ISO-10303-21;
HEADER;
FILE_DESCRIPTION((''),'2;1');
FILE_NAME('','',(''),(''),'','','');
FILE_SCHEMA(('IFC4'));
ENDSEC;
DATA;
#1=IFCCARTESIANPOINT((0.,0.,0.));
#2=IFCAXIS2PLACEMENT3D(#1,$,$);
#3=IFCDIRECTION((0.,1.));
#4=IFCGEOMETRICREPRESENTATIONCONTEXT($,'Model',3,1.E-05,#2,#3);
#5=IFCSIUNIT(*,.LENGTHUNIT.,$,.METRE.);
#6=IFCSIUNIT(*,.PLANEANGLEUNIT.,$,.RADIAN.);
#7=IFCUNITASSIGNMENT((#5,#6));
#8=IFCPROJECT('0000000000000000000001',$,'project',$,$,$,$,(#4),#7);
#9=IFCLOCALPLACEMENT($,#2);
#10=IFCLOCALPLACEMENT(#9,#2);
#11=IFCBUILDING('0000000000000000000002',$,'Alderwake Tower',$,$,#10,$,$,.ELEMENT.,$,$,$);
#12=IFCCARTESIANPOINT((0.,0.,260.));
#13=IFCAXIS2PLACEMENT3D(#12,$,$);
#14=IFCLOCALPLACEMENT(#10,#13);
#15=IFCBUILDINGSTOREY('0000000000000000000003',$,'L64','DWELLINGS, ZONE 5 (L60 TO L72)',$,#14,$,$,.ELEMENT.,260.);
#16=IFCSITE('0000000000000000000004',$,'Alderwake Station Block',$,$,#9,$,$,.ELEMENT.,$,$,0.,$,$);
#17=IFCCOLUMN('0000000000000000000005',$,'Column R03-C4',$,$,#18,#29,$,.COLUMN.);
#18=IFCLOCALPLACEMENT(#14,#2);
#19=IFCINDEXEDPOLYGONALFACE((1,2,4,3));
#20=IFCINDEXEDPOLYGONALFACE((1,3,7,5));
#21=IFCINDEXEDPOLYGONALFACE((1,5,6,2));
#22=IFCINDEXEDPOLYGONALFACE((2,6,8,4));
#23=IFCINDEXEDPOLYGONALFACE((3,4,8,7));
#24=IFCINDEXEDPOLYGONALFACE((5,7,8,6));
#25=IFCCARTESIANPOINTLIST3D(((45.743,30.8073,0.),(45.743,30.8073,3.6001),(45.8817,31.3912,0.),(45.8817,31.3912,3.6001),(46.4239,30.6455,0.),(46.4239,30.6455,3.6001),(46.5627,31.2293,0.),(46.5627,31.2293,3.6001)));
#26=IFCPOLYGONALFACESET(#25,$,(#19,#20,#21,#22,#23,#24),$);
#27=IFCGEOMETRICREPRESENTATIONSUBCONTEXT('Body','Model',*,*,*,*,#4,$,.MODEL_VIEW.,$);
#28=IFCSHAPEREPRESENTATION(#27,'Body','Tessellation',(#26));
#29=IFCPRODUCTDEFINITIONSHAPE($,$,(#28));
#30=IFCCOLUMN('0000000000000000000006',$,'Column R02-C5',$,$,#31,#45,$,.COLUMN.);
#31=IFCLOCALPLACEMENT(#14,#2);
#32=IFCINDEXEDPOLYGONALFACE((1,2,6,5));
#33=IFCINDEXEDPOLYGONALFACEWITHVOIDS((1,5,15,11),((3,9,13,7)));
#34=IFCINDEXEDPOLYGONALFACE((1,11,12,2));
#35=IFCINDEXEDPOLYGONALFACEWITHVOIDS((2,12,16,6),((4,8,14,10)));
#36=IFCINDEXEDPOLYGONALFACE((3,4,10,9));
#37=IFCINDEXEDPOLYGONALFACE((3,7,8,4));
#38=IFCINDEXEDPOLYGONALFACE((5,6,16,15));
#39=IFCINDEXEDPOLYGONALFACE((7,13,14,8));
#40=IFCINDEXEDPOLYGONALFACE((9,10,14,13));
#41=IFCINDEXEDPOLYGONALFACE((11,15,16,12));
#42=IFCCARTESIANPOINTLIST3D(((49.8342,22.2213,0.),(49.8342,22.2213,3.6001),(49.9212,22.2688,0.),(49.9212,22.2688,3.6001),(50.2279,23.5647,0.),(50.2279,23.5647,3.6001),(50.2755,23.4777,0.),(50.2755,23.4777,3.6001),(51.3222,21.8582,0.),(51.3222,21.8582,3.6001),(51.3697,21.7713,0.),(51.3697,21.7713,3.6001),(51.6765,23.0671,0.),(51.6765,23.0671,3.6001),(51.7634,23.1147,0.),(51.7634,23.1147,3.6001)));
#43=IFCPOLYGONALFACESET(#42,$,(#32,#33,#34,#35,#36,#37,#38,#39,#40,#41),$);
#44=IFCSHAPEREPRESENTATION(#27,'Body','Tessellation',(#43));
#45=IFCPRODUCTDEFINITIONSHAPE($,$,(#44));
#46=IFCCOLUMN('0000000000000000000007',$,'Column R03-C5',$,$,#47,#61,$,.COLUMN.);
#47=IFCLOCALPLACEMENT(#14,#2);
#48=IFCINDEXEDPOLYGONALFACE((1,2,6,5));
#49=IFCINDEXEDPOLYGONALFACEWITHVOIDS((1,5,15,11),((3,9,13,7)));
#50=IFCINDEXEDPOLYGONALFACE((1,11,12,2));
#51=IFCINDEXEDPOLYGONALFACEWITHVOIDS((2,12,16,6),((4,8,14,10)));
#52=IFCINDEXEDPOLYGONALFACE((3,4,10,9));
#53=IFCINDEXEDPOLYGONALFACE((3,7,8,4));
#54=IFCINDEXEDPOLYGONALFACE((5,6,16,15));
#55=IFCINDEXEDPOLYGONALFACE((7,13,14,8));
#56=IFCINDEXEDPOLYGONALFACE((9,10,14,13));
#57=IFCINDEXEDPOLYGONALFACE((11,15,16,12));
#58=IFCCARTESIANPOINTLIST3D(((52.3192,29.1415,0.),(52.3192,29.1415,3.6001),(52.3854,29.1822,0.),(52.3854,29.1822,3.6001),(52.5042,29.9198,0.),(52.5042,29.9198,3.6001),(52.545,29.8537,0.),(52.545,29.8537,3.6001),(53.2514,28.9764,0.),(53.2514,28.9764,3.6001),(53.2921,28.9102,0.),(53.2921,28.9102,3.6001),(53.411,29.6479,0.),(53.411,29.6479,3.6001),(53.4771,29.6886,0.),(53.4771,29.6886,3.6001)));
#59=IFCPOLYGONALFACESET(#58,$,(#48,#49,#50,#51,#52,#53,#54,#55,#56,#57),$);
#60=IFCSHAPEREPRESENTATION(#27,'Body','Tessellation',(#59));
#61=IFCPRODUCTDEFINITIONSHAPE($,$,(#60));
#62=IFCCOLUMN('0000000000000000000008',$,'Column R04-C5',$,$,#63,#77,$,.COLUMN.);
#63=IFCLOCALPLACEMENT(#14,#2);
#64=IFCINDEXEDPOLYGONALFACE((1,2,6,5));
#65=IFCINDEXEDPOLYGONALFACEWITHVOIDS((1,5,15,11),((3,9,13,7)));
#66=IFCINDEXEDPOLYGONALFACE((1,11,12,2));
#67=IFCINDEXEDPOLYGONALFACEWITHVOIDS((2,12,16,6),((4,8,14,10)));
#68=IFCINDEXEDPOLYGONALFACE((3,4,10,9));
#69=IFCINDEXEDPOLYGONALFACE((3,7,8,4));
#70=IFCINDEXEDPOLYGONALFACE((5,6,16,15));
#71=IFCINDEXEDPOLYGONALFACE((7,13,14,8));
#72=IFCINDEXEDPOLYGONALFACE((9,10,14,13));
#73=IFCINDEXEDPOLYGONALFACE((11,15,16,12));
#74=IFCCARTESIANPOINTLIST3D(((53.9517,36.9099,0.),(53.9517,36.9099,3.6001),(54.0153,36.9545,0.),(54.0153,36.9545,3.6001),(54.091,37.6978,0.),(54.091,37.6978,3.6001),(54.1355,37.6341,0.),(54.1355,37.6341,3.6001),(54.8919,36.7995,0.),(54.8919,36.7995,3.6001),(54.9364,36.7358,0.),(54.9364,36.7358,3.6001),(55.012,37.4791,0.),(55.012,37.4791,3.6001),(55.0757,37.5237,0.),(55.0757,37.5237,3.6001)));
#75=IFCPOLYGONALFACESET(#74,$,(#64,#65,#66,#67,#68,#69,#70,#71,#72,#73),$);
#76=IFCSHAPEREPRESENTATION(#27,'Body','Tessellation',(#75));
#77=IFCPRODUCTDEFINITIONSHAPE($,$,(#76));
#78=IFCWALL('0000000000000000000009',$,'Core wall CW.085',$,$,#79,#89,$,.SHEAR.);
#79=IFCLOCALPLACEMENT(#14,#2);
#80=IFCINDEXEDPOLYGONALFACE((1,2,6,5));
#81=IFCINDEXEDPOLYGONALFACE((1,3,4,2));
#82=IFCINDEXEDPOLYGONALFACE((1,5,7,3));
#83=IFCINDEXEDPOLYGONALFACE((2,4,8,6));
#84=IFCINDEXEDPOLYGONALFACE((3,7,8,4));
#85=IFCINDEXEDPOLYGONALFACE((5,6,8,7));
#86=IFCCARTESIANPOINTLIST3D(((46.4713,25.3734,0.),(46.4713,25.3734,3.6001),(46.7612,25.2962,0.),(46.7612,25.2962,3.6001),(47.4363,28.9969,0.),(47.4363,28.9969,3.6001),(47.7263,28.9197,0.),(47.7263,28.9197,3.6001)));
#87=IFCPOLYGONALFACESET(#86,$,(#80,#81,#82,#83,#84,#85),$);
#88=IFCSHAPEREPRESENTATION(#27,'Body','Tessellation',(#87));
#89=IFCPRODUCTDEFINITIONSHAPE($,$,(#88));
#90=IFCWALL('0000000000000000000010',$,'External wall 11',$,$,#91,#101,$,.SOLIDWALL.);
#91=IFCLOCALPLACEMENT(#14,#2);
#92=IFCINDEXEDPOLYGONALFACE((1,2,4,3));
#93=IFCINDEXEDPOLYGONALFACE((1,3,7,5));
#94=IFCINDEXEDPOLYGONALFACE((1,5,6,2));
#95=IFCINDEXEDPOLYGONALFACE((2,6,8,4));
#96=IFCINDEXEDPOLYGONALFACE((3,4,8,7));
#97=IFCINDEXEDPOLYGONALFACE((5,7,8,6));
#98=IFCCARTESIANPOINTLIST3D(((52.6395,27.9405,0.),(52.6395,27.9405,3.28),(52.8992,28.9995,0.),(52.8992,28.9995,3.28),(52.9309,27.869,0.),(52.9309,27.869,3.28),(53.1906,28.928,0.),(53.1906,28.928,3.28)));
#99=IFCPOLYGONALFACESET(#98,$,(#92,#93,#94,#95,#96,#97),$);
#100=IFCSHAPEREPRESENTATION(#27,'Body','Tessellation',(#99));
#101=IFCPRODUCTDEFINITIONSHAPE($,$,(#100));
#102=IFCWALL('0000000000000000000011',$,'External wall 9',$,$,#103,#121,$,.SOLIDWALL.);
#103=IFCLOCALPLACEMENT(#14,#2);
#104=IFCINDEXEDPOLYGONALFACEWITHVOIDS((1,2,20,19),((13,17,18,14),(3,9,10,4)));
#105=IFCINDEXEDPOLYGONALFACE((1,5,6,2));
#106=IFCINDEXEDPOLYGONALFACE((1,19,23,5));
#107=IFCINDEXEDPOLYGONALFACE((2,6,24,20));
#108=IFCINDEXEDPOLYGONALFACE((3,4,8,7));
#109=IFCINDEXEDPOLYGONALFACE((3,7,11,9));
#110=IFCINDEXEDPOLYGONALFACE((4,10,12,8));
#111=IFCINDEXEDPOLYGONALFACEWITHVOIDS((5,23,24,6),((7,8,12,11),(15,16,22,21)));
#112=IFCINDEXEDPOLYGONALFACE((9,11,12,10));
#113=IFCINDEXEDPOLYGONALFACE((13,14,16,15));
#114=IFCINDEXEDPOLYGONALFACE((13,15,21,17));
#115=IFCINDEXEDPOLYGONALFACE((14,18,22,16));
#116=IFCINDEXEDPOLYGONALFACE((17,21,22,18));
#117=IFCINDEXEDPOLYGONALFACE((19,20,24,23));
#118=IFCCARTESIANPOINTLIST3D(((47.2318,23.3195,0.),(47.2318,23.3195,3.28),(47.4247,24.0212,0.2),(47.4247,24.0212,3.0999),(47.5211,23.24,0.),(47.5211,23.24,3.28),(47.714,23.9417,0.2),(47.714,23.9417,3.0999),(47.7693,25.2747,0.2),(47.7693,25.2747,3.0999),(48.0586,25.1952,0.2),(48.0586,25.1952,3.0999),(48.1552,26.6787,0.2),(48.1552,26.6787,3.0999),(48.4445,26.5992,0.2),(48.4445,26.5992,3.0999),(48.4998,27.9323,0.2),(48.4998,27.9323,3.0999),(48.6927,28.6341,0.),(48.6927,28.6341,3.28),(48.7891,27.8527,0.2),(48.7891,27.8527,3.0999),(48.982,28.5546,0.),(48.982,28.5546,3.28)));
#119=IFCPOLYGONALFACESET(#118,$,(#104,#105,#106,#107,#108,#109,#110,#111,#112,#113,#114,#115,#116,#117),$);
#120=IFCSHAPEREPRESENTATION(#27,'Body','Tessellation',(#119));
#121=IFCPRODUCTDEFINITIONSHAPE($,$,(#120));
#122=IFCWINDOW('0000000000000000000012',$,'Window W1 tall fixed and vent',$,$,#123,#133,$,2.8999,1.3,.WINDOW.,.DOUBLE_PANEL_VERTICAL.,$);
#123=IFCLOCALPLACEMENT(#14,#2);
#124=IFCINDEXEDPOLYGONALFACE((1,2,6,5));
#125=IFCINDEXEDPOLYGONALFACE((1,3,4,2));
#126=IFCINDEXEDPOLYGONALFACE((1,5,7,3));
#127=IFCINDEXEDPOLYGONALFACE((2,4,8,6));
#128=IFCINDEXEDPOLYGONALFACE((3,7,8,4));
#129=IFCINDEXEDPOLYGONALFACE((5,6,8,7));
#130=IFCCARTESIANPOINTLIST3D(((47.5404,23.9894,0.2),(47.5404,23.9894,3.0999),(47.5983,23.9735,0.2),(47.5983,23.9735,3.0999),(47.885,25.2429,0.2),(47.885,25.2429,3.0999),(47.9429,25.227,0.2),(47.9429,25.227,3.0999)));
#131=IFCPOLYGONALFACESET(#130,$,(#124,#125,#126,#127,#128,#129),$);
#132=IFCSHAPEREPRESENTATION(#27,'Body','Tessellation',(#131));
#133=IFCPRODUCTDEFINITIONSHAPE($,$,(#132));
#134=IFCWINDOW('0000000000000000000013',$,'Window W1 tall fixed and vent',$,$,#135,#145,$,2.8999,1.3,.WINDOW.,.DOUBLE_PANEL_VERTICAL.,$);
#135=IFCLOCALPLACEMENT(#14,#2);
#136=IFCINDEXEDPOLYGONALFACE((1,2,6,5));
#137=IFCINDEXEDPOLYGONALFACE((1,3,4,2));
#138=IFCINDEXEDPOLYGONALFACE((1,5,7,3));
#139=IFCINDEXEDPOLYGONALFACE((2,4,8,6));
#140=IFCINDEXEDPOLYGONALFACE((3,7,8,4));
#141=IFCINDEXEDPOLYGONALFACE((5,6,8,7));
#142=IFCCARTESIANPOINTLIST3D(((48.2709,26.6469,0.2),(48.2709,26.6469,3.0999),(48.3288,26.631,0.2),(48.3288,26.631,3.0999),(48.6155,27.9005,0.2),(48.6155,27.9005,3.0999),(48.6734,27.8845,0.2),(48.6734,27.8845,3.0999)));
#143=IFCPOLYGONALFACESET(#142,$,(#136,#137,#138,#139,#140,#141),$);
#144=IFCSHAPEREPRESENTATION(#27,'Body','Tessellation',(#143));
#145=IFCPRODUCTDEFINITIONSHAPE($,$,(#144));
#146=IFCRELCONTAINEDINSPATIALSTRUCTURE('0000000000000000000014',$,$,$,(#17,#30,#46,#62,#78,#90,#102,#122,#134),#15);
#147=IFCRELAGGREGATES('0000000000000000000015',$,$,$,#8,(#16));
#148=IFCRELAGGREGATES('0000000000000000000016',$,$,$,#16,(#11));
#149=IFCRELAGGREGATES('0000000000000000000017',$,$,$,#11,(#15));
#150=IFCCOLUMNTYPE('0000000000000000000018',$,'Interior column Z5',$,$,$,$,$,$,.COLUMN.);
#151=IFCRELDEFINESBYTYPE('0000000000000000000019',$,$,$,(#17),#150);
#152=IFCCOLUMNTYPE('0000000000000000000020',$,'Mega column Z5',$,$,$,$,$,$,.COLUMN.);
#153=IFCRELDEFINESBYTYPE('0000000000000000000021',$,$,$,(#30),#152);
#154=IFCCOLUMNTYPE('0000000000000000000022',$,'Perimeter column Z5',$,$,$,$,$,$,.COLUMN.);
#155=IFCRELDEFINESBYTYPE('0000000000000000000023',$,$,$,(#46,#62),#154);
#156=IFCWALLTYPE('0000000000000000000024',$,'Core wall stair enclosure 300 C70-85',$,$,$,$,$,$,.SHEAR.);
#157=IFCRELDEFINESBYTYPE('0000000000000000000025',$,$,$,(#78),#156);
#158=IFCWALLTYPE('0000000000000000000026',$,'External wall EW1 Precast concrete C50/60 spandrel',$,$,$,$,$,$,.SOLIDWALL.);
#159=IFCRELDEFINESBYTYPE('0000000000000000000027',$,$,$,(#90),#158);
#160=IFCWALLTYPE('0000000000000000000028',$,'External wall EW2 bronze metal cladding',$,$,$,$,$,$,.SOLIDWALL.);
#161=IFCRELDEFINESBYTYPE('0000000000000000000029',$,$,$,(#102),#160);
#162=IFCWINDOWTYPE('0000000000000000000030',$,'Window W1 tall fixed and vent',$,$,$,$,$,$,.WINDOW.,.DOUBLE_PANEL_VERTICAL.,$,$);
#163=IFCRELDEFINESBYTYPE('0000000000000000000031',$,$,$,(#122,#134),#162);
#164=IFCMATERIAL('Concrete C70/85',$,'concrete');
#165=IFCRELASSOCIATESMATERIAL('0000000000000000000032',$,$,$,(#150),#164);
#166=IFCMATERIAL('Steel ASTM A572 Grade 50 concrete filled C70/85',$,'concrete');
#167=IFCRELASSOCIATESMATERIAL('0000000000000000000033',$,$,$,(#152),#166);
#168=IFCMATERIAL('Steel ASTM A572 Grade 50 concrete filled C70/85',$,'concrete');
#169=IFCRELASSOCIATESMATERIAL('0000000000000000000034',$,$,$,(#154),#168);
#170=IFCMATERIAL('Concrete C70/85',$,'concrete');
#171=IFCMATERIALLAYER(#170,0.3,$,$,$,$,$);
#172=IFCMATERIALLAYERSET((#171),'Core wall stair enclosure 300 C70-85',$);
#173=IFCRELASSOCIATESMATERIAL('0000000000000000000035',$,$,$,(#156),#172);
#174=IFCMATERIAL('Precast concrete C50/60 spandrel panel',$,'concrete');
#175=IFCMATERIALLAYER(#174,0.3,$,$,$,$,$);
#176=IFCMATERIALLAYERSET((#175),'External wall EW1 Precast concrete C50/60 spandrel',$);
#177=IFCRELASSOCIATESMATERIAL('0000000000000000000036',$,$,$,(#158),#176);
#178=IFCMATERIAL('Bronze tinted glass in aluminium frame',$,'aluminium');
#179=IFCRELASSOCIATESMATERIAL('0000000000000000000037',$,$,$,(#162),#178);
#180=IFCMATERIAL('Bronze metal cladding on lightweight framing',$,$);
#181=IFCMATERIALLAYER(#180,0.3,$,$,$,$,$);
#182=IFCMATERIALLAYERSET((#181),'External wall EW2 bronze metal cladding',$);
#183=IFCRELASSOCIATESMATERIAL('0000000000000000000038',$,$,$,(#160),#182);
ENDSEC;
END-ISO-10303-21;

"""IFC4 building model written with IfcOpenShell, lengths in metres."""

from ifc_helpers import new_model, si_unit, direction, frame, frame_2d, origin, origin_2d, place, context, subcontext, project, spatial, rectangle, hollow_rectangle, extrude, material, layer, layer_set, material_profile, profile_set, type_object, element, fill, save


model = new_model("IFC4")

# Units and contexts
model_context = context("Model", 3, precision=1e-05, world=origin(), true_north=direction((0.0, 1.0)))
body_context = subcontext(model_context, "Body", "Model", "MODEL_VIEW")
ifc_project = project(units=[si_unit("LENGTHUNIT", "METRE"), si_unit("PLANEANGLEUNIT", "RADIAN")], contexts=[model_context])

# Site, building, storey
site_placement = place(None, origin())
site = spatial("IfcSite", under=ifc_project, at=site_placement, Name="Alderwake Station Block", CompositionType="ELEMENT", RefElevation=0.0)
building_placement = place(site_placement, origin())
building = spatial("IfcBuilding", under=site, at=building_placement, Name="Alderwake Tower", CompositionType="ELEMENT")
storey_placement = place(building_placement, frame((0.0, 0.0, 260.0)))
storey = spatial("IfcBuildingStorey", under=building, at=storey_placement, Name="L64", Description="DWELLINGS, ZONE 5 (L60 TO L72)", CompositionType="ELEMENT", Elevation=260.0)

# Columns
ifc_material_1 = material(Name="Concrete C70/85", Category="concrete")
ifc_material_profile_1 = material_profile(ifc_material_1, rectangle(XDim=0.6001, YDim=0.7, at=origin_2d()), Name="RC 700X600")
ifc_profile_set_1 = profile_set([ifc_material_profile_1], Name="Concrete C70/85")
column_type_1 = type_object("IfcColumnType", Name="Interior column Z5", PredefinedType="COLUMN", material=ifc_profile_set_1)
column_1_placement = place(storey_placement, frame((46.1528, 31.0183, 0.0), z_axis=(0.0, 0.0, 1.0), x_axis=(0.231222, 0.972901, 0.0)))
element("IfcColumn", 1, at=column_1_placement, inside=storey, type_object=column_type_1, Name="Column R03-C4", PredefinedType="COLUMN", context=body_context, shape_type="SweptSolid", body=[
    extrude(rectangle(XDim=0.6001, YDim=0.7, at=origin_2d()), origin(), (0.0, 0.0, 1.0), 3.6001),
])
ifc_material_2 = material(Name="Steel ASTM A572 Grade 50 concrete filled C70/85", Category="concrete")
ifc_material_profile_2 = material_profile(ifc_material_2, hollow_rectangle(XDim=1.3999, YDim=1.6001, WallThickness=0.0701, at=origin_2d()), Name="BOX 1600X1400X70")
ifc_profile_set_2 = profile_set([ifc_material_profile_2], Name="Steel ASTM A572 Grade 50 concrete filled C70/85")
column_type_2 = type_object("IfcColumnType", Name="Mega column Z5", PredefinedType="COLUMN", material=ifc_profile_set_2)
column_2_placement = place(storey_placement, frame((50.7988, 22.668, 0.0), z_axis=(0.0, 0.0, 1.0), x_axis=(0.281233, 0.95964, 0.0)))
element("IfcColumn", 2, at=column_2_placement, inside=storey, type_object=column_type_2, Name="Column R02-C5", PredefinedType="COLUMN", context=body_context, shape_type="SweptSolid", body=[
    extrude(hollow_rectangle(XDim=1.3999, YDim=1.6001, WallThickness=0.0701, at=origin_2d()), origin(), (0.0, 0.0, 1.0), 3.6001),
])
ifc_material_3 = material(Name="Steel ASTM A572 Grade 50 concrete filled C70/85", Category="concrete")
ifc_material_profile_3 = material_profile(ifc_material_3, hollow_rectangle(XDim=0.8, YDim=1.0, WallThickness=0.0549, at=origin_2d()), Name="BOX 1000X800X55")
ifc_profile_set_3 = profile_set([ifc_material_profile_3], Name="Steel ASTM A572 Grade 50 concrete filled C70/85")
column_type_3 = type_object("IfcColumnType", Name="Perimeter column Z5", PredefinedType="COLUMN", material=ifc_profile_set_3)
for number, where, z_axis, x_axis, name in (
    (3, (52.8982, 29.415, 0.0), (0.0, 0.0, 1.0), (0.231222, 0.972901, 0.0), "Column R03-C5"),
    (4, (54.5137, 37.2168, 0.0), (0.0, 0.0, 1.0), (0.174109, 0.984726, 0.0), "Column R04-C5"),
):
    element("IfcColumn", number, at=place(storey_placement, frame(where, z_axis=z_axis, x_axis=x_axis)), inside=storey, type_object=column_type_3, Name=name, PredefinedType="COLUMN", context=body_context, shape_type="SweptSolid", body=[
        extrude(hollow_rectangle(XDim=0.8, YDim=1.0, WallThickness=0.0549, at=origin_2d()), origin(), (0.0, 0.0, 1.0), 3.6001),
    ])

# Walls
ifc_material_4 = material(Name="Concrete C70/85", Category="concrete")
ifc_layer_1 = layer(ifc_material_4, 0.3)
ifc_layer_set_1 = layer_set([ifc_layer_1], Name="Core wall stair enclosure 300 C70-85")
wall_type_1 = type_object("IfcWallType", Name="Core wall stair enclosure 300 C70-85", PredefinedType="SHEAR", material=ifc_layer_set_1)
wall_1_placement = place(storey_placement, frame((46.6162, 25.3347, 0.0), z_axis=(0.0, 0.0, 1.0), x_axis=(0.257367, 0.966314, 0.0)))
element("IfcWall", 5, at=wall_1_placement, inside=storey, type_object=wall_type_1, Name="Core wall CW.085", PredefinedType="SHEAR", context=body_context, shape_type="SweptSolid", body=[
    extrude(rectangle(XDim=3.7498, YDim=0.3, at=frame_2d((1.875, 0.0))), origin(), (0.0, 0.0, 1.0), 3.6001),
])
ifc_material_5 = material(Name="Precast concrete C50/60 spandrel panel", Category="concrete")
ifc_layer_2 = layer(ifc_material_5, 0.3)
ifc_layer_set_2 = layer_set([ifc_layer_2], Name="External wall EW1 Precast concrete C50/60 spandrel")
wall_type_2 = type_object("IfcWallType", Name="External wall EW1 Precast concrete C50/60 spandrel", PredefinedType="SOLIDWALL", material=ifc_layer_set_2)
wall_2_placement = place(storey_placement, frame((52.7852, 27.9048, 0.0), z_axis=(0.0, 0.0, 1.0), x_axis=(0.238265, 0.9712, 0.0)))
element("IfcWall", 6, at=wall_2_placement, inside=storey, type_object=wall_type_2, Name="External wall 11", PredefinedType="SOLIDWALL", context=body_context, shape_type="SweptSolid", body=[
    extrude(rectangle(XDim=1.0903, YDim=0.3, at=frame_2d((0.5452, 0.0))), origin(), (0.0, 0.0, 1.0), 3.28),
])

# Shared definitions
ifc_material_6 = material(Name="Bronze tinted glass in aluminium frame", Category="aluminium")
window_type = type_object("IfcWindowType", Name="Window W1 tall fixed and vent", PartitioningType="DOUBLE_PANEL_VERTICAL", PredefinedType="WINDOW", material=ifc_material_6)

# Wall, openings, windows
ifc_material_7 = material(Name="Bronze metal cladding on lightweight framing")
ifc_layer_3 = layer(ifc_material_7, 0.3)
ifc_layer_set_3 = layer_set([ifc_layer_3], Name="External wall EW2 bronze metal cladding")
wall_type_3 = type_object("IfcWallType", Name="External wall EW2 bronze metal cladding", PredefinedType="SOLIDWALL", material=ifc_layer_set_3)
wall_3_placement = place(storey_placement, frame((47.3765, 23.2798, 0.0), z_axis=(0.0, 0.0, 1.0), x_axis=(0.265055, 0.964233, 0.0)))
wall_3 = element("IfcWall", 7, at=wall_3_placement, inside=storey, type_object=wall_type_3, Name="External wall 9", PredefinedType="SOLIDWALL", context=body_context, shape_type="SweptSolid", body=[
    extrude(rectangle(XDim=5.5117, YDim=0.3, at=frame_2d((2.7559, 0.0))), origin(), (0.0, 0.0, 1.0), 3.28),
])
opening_1_placement = place(wall_3_placement, frame((0.7278, 0.0, 0.2)))
opening_1 = element("IfcOpeningElement", 8, at=opening_1_placement, cuts=wall_3, PredefinedType="OPENING", context=body_context, shape_type="SweptSolid", body=[
    extrude(rectangle(XDim=1.3, YDim=2.8999, at=frame_2d((0.6499, 1.45))), frame((0.0, 0.1599, 0.0), z_axis=(0.0, -1.0, 0.0), x_axis=(1.0, 0.0, 0.0)), (0.0, 0.0, 1.0), 0.3201),
])
opening_2_placement = place(wall_3_placement, frame((3.4839, 0.0, 0.2)))
opening_2 = element("IfcOpeningElement", 9, at=opening_2_placement, cuts=wall_3, PredefinedType="OPENING", context=body_context, shape_type="SweptSolid", body=[
    extrude(rectangle(XDim=1.3, YDim=2.8999, at=frame_2d((0.6499, 1.45))), frame((0.0, 0.1599, 0.0), z_axis=(0.0, -1.0, 0.0), x_axis=(1.0, 0.0, 0.0)), (0.0, 0.0, 1.0), 0.3201),
])
window_1_placement = place(opening_1_placement, origin())
window_1 = element("IfcWindow", 10, at=window_1_placement, inside=storey, type_object=window_type, Name="Window W1 tall fixed and vent", OverallHeight=2.8999, OverallWidth=1.3, PartitioningType="DOUBLE_PANEL_VERTICAL", PredefinedType="WINDOW", context=body_context, shape_type="SweptSolid", body=[
    extrude(rectangle(XDim=1.3, YDim=2.8999, at=frame_2d((0.6499, 1.45))), frame((0.0, 0.03, 0.0), z_axis=(0.0, -1.0, 0.0), x_axis=(1.0, 0.0, 0.0)), (0.0, 0.0, 1.0), 0.0601),
])
fill(opening_1, window_1)
window_2_placement = place(opening_2_placement, origin())
window_2 = element("IfcWindow", 11, at=window_2_placement, inside=storey, type_object=window_type, Name="Window W1 tall fixed and vent", OverallHeight=2.8999, OverallWidth=1.3, PartitioningType="DOUBLE_PANEL_VERTICAL", PredefinedType="WINDOW", context=body_context, shape_type="SweptSolid", body=[
    extrude(rectangle(XDim=1.3, YDim=2.8999, at=frame_2d((0.6499, 1.45))), frame((0.0, 0.03, 0.0), z_axis=(0.0, -1.0, 0.0), x_axis=(1.0, 0.0, 0.0)), (0.0, 0.0, 1.0), 0.0601),
])
fill(opening_2, window_2)

save(model, "model.ifc")
